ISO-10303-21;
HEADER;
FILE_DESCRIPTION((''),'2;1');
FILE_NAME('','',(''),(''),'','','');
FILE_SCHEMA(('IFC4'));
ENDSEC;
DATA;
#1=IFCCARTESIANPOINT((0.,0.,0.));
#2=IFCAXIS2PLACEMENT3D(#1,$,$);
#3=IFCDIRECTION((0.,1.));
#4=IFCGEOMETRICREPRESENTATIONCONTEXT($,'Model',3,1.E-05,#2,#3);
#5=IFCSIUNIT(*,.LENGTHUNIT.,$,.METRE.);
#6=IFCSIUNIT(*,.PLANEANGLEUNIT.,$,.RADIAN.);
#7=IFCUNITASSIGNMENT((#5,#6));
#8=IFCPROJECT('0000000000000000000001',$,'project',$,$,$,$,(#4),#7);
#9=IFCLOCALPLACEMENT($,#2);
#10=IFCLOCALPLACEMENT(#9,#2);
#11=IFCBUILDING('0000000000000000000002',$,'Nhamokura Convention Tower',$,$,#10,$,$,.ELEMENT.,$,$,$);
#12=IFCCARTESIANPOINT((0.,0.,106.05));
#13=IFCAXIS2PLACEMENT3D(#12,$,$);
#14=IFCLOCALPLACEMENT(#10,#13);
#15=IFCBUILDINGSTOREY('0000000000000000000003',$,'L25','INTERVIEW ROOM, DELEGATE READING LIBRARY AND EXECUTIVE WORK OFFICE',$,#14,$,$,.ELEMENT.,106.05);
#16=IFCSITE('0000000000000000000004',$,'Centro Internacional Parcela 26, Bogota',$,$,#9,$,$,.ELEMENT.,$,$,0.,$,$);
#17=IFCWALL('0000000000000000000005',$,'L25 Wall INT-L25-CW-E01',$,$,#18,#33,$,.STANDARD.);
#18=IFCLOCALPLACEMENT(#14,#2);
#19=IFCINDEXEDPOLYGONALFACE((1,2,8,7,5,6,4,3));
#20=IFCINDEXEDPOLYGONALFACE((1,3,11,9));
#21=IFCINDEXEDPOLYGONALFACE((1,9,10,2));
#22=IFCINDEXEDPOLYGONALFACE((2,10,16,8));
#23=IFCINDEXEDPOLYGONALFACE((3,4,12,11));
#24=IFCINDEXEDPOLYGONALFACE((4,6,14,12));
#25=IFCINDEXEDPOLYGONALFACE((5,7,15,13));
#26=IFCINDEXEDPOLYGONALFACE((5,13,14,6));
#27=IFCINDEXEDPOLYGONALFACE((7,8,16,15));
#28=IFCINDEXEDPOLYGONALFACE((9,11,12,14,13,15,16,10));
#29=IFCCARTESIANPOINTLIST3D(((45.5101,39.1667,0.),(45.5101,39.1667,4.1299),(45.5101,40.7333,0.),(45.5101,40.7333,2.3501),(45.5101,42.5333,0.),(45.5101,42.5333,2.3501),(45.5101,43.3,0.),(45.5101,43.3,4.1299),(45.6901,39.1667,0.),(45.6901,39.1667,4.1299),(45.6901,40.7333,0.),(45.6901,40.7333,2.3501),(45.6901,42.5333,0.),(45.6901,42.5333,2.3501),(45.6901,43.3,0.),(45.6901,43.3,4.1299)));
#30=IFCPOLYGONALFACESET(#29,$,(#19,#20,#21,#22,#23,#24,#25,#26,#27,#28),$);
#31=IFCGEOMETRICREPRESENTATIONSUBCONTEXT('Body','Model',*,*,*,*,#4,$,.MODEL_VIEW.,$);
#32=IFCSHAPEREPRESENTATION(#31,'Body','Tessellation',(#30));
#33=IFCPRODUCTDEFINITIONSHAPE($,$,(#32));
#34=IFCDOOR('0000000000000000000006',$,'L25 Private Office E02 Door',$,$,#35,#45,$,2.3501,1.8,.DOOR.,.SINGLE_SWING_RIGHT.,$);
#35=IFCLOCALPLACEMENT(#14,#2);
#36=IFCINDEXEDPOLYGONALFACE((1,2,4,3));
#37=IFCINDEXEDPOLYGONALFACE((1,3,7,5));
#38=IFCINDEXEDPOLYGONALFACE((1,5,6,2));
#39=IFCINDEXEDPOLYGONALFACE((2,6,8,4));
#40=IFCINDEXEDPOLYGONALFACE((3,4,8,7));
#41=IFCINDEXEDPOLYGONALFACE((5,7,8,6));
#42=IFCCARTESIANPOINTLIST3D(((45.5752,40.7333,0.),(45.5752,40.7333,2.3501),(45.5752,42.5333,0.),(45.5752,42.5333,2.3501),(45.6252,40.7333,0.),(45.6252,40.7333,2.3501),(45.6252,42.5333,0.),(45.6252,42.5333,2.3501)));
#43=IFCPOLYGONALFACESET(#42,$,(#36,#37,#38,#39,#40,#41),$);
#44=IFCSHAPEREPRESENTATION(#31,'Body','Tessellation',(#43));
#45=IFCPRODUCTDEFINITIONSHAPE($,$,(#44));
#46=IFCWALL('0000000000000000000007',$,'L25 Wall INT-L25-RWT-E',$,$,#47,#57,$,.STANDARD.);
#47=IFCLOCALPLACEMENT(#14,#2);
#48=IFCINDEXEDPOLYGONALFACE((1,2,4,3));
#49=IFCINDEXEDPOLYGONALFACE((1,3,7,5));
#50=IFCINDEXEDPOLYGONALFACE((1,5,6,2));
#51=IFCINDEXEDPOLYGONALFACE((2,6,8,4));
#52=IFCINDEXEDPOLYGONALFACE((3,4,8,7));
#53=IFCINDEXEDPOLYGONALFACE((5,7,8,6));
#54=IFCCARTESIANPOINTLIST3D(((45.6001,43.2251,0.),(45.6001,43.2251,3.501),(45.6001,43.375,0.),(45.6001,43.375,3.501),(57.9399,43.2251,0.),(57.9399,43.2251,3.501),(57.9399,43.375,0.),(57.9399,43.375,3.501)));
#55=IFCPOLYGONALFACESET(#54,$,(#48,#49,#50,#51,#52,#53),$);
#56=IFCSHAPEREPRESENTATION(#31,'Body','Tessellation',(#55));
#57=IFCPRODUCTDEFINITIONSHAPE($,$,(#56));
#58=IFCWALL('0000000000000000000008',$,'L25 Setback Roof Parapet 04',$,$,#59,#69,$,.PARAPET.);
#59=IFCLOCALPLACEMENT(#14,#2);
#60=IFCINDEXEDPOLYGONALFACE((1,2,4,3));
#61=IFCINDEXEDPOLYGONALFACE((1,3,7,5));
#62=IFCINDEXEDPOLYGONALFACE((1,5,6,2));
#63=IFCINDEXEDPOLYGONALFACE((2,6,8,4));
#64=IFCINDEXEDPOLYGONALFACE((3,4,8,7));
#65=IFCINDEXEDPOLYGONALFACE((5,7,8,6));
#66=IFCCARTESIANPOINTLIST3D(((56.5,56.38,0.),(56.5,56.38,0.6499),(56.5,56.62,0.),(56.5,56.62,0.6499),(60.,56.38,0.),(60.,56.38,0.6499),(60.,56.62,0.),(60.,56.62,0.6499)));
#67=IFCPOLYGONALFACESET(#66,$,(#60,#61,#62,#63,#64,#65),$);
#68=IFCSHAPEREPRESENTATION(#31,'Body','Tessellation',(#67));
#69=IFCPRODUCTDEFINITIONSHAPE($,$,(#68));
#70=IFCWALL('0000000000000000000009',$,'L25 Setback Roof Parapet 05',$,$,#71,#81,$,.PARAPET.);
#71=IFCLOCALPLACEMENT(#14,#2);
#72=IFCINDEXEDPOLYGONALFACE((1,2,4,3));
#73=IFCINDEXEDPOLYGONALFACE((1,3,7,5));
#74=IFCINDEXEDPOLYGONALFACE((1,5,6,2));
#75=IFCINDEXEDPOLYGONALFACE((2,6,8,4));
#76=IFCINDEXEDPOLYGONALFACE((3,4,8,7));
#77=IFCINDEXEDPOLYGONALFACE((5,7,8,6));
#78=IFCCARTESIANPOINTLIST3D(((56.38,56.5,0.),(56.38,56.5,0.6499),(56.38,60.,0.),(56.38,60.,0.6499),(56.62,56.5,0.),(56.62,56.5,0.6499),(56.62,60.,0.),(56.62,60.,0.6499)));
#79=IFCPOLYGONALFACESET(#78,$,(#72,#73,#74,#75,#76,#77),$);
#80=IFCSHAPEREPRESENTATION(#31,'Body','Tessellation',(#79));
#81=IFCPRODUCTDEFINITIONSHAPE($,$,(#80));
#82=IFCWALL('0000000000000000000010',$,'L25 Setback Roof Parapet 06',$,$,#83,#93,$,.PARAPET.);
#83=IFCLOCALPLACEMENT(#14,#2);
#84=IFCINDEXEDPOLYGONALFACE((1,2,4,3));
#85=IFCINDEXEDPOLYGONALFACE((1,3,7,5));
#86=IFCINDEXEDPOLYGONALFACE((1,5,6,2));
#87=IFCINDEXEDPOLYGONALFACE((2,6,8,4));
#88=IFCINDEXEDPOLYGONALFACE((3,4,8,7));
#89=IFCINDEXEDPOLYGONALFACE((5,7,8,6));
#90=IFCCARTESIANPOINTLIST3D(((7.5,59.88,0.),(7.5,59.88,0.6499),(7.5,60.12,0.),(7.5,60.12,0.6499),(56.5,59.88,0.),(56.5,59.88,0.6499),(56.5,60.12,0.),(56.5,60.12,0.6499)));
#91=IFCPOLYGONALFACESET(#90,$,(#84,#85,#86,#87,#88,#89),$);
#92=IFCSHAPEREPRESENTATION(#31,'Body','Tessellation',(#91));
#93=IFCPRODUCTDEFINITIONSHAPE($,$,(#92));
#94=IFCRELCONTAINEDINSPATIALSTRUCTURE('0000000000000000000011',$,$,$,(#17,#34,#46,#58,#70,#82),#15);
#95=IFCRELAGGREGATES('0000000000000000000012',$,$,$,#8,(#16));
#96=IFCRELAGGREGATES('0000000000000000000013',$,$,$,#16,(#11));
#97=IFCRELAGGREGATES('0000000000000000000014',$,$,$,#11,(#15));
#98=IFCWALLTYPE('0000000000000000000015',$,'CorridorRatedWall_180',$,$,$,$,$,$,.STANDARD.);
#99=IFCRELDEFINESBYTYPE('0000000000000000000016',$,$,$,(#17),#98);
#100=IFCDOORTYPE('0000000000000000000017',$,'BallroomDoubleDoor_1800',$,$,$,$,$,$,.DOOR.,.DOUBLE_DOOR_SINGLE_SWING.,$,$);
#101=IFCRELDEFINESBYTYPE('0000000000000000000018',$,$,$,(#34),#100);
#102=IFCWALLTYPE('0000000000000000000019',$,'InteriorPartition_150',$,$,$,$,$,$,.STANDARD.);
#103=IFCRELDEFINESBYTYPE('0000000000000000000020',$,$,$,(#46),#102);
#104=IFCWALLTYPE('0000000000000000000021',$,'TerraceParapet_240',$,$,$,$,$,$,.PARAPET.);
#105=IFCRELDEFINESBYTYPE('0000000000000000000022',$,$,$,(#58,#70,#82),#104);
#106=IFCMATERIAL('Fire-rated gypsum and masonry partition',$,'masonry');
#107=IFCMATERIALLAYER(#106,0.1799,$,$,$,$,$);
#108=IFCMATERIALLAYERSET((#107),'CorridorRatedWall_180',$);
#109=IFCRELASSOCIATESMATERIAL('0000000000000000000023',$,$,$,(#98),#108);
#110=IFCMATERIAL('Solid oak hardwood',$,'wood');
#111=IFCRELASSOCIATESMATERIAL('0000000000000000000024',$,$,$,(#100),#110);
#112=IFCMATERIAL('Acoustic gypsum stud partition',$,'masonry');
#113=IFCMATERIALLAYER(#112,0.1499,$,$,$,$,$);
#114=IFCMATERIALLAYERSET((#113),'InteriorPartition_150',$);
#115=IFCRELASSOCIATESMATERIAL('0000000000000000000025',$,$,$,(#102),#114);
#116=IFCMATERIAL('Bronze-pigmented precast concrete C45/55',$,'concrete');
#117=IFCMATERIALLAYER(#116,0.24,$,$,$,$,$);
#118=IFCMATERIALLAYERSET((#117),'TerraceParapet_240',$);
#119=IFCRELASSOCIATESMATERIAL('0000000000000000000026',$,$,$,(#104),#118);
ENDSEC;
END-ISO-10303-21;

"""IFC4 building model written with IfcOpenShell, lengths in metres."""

from ifc_helpers import new_model, si_unit, direction, frame, frame_2d, origin, place, context, subcontext, project, spatial, rectangle, extrude, material, layer, layer_set, type_object, element, fill, save


model = new_model("IFC4")

# Units and contexts
model_context = context("Model", 3, precision=1e-05, world=origin(), true_north=direction((0.0, 1.0)))
body_context = subcontext(model_context, "Body", "Model", "MODEL_VIEW")
ifc_project = project(units=[si_unit("LENGTHUNIT", "METRE"), si_unit("PLANEANGLEUNIT", "RADIAN")], contexts=[model_context])

# Site, building, storey
site_placement = place(None, origin())
site = spatial("IfcSite", under=ifc_project, at=site_placement, Name="Centro Internacional Parcela 26, Bogota", CompositionType="ELEMENT", RefElevation=0.0)
building_placement = place(site_placement, origin())
building = spatial("IfcBuilding", under=site, at=building_placement, Name="Nhamokura Convention Tower", CompositionType="ELEMENT")
storey_placement = place(building_placement, frame((0.0, 0.0, 106.05)))
storey = spatial("IfcBuildingStorey", under=building, at=storey_placement, Name="L25", Description="INTERVIEW ROOM, DELEGATE READING LIBRARY AND EXECUTIVE WORK OFFICE", CompositionType="ELEMENT", Elevation=106.05)

# Wall, opening, door
ifc_material_1 = material(Name="Fire-rated gypsum and masonry partition", Category="masonry")
ifc_layer_1 = layer(ifc_material_1, 0.1799)
ifc_layer_set_1 = layer_set([ifc_layer_1], Name="CorridorRatedWall_180")
wall_type_1 = type_object("IfcWallType", Name="CorridorRatedWall_180", PredefinedType="STANDARD", material=ifc_layer_set_1)
wall_1_placement = place(storey_placement, frame((45.6001, 39.1667, 0.0), z_axis=(0.0, 0.0, 1.0), x_axis=(0.0, 1.0, 0.0)))
wall_1 = element("IfcWall", 1, at=wall_1_placement, inside=storey, type_object=wall_type_1, Name="L25 Wall INT-L25-CW-E01", PredefinedType="STANDARD", context=body_context, shape_type="SweptSolid", body=[
    extrude(rectangle(XDim=4.1333, YDim=0.1799, at=frame_2d((2.0667, 0.0))), origin(), (0.0, 0.0, 1.0), 4.1299),
])
opening_1_placement = place(wall_1_placement, frame((1.5667, 0.0, 0.0)))
opening_1 = element("IfcOpeningElement", 2, at=opening_1_placement, cuts=wall_1, PredefinedType="OPENING", context=body_context, shape_type="SweptSolid", body=[
    extrude(rectangle(XDim=1.8, YDim=2.3501, at=frame_2d((0.8999, 1.175))), frame((0.0, 0.0999, 0.0), z_axis=(0.0, -1.0, 0.0), x_axis=(1.0, 0.0, 0.0)), (0.0, 0.0, 1.0), 0.2),
])
ifc_material_2 = material(Name="Solid oak hardwood", Category="wood")
door_type = type_object("IfcDoorType", Name="BallroomDoubleDoor_1800", OperationType="DOUBLE_DOOR_SINGLE_SWING", PredefinedType="DOOR", material=ifc_material_2)
door_placement = place(opening_1_placement, origin())
door = element("IfcDoor", 3, at=door_placement, inside=storey, type_object=door_type, Name="L25 Private Office E02 Door", OperationType="SINGLE_SWING_RIGHT", OverallHeight=2.3501, OverallWidth=1.8, PredefinedType="DOOR", context=body_context, shape_type="SweptSolid", body=[
    extrude(rectangle(XDim=1.8, YDim=2.3501, at=frame_2d((0.8999, 1.175))), frame((0.0, 0.0249, 0.0), z_axis=(0.0, -1.0, 0.0), x_axis=(1.0, 0.0, 0.0)), (0.0, 0.0, 1.0), 0.05),
])
fill(opening_1, door)

# Walls
ifc_material_3 = material(Name="Acoustic gypsum stud partition", Category="masonry")
ifc_layer_2 = layer(ifc_material_3, 0.1499)
ifc_layer_set_2 = layer_set([ifc_layer_2], Name="InteriorPartition_150")
wall_type_2 = type_object("IfcWallType", Name="InteriorPartition_150", PredefinedType="STANDARD", material=ifc_layer_set_2)
wall_2_placement = place(storey_placement, frame((45.6001, 43.3, 0.0), z_axis=(0.0, 0.0, 1.0), x_axis=(1.0, 0.0, 0.0)))
element("IfcWall", 4, at=wall_2_placement, inside=storey, type_object=wall_type_2, Name="L25 Wall INT-L25-RWT-E", PredefinedType="STANDARD", context=body_context, shape_type="SweptSolid", body=[
    extrude(rectangle(XDim=12.3398, YDim=0.1499, at=frame_2d((6.1699, 0.0))), origin(), (0.0, 0.0, 1.0), 3.501),
])
ifc_material_4 = material(Name="Bronze-pigmented precast concrete C45/55", Category="concrete")
ifc_layer_3 = layer(ifc_material_4, 0.24)
ifc_layer_set_3 = layer_set([ifc_layer_3], Name="TerraceParapet_240")
wall_type_3 = type_object("IfcWallType", Name="TerraceParapet_240", PredefinedType="PARAPET", material=ifc_layer_set_3)
for number, where, z_axis, x_axis, name in (
    (5, (60.0, 56.5, 0.0), (0.0, 0.0, 1.0), (-1.0, 0.0, 0.0), "L25 Setback Roof Parapet 04"),
    (6, (56.5, 56.5, 0.0), (0.0, 0.0, 1.0), (0.0, 1.0, 0.0), "L25 Setback Roof Parapet 05"),
):
    element("IfcWall", number, at=place(storey_placement, frame(where, z_axis=z_axis, x_axis=x_axis)), inside=storey, type_object=wall_type_3, Name=name, PredefinedType="PARAPET", context=body_context, shape_type="SweptSolid", body=[
        extrude(rectangle(XDim=3.5, YDim=0.24, at=frame_2d((1.75, 0.0))), origin(), (0.0, 0.0, 1.0), 0.6499),
    ])
wall_3_placement = place(storey_placement, frame((56.5, 60.0, 0.0), z_axis=(0.0, 0.0, 1.0), x_axis=(-1.0, 0.0, 0.0)))
element("IfcWall", 7, at=wall_3_placement, inside=storey, type_object=wall_type_3, Name="L25 Setback Roof Parapet 06", PredefinedType="PARAPET", context=body_context, shape_type="SweptSolid", body=[
    extrude(rectangle(XDim=49.0, YDim=0.24, at=frame_2d((24.5, 0.0))), origin(), (0.0, 0.0, 1.0), 0.6499),
])

save(model, "model.ifc")
